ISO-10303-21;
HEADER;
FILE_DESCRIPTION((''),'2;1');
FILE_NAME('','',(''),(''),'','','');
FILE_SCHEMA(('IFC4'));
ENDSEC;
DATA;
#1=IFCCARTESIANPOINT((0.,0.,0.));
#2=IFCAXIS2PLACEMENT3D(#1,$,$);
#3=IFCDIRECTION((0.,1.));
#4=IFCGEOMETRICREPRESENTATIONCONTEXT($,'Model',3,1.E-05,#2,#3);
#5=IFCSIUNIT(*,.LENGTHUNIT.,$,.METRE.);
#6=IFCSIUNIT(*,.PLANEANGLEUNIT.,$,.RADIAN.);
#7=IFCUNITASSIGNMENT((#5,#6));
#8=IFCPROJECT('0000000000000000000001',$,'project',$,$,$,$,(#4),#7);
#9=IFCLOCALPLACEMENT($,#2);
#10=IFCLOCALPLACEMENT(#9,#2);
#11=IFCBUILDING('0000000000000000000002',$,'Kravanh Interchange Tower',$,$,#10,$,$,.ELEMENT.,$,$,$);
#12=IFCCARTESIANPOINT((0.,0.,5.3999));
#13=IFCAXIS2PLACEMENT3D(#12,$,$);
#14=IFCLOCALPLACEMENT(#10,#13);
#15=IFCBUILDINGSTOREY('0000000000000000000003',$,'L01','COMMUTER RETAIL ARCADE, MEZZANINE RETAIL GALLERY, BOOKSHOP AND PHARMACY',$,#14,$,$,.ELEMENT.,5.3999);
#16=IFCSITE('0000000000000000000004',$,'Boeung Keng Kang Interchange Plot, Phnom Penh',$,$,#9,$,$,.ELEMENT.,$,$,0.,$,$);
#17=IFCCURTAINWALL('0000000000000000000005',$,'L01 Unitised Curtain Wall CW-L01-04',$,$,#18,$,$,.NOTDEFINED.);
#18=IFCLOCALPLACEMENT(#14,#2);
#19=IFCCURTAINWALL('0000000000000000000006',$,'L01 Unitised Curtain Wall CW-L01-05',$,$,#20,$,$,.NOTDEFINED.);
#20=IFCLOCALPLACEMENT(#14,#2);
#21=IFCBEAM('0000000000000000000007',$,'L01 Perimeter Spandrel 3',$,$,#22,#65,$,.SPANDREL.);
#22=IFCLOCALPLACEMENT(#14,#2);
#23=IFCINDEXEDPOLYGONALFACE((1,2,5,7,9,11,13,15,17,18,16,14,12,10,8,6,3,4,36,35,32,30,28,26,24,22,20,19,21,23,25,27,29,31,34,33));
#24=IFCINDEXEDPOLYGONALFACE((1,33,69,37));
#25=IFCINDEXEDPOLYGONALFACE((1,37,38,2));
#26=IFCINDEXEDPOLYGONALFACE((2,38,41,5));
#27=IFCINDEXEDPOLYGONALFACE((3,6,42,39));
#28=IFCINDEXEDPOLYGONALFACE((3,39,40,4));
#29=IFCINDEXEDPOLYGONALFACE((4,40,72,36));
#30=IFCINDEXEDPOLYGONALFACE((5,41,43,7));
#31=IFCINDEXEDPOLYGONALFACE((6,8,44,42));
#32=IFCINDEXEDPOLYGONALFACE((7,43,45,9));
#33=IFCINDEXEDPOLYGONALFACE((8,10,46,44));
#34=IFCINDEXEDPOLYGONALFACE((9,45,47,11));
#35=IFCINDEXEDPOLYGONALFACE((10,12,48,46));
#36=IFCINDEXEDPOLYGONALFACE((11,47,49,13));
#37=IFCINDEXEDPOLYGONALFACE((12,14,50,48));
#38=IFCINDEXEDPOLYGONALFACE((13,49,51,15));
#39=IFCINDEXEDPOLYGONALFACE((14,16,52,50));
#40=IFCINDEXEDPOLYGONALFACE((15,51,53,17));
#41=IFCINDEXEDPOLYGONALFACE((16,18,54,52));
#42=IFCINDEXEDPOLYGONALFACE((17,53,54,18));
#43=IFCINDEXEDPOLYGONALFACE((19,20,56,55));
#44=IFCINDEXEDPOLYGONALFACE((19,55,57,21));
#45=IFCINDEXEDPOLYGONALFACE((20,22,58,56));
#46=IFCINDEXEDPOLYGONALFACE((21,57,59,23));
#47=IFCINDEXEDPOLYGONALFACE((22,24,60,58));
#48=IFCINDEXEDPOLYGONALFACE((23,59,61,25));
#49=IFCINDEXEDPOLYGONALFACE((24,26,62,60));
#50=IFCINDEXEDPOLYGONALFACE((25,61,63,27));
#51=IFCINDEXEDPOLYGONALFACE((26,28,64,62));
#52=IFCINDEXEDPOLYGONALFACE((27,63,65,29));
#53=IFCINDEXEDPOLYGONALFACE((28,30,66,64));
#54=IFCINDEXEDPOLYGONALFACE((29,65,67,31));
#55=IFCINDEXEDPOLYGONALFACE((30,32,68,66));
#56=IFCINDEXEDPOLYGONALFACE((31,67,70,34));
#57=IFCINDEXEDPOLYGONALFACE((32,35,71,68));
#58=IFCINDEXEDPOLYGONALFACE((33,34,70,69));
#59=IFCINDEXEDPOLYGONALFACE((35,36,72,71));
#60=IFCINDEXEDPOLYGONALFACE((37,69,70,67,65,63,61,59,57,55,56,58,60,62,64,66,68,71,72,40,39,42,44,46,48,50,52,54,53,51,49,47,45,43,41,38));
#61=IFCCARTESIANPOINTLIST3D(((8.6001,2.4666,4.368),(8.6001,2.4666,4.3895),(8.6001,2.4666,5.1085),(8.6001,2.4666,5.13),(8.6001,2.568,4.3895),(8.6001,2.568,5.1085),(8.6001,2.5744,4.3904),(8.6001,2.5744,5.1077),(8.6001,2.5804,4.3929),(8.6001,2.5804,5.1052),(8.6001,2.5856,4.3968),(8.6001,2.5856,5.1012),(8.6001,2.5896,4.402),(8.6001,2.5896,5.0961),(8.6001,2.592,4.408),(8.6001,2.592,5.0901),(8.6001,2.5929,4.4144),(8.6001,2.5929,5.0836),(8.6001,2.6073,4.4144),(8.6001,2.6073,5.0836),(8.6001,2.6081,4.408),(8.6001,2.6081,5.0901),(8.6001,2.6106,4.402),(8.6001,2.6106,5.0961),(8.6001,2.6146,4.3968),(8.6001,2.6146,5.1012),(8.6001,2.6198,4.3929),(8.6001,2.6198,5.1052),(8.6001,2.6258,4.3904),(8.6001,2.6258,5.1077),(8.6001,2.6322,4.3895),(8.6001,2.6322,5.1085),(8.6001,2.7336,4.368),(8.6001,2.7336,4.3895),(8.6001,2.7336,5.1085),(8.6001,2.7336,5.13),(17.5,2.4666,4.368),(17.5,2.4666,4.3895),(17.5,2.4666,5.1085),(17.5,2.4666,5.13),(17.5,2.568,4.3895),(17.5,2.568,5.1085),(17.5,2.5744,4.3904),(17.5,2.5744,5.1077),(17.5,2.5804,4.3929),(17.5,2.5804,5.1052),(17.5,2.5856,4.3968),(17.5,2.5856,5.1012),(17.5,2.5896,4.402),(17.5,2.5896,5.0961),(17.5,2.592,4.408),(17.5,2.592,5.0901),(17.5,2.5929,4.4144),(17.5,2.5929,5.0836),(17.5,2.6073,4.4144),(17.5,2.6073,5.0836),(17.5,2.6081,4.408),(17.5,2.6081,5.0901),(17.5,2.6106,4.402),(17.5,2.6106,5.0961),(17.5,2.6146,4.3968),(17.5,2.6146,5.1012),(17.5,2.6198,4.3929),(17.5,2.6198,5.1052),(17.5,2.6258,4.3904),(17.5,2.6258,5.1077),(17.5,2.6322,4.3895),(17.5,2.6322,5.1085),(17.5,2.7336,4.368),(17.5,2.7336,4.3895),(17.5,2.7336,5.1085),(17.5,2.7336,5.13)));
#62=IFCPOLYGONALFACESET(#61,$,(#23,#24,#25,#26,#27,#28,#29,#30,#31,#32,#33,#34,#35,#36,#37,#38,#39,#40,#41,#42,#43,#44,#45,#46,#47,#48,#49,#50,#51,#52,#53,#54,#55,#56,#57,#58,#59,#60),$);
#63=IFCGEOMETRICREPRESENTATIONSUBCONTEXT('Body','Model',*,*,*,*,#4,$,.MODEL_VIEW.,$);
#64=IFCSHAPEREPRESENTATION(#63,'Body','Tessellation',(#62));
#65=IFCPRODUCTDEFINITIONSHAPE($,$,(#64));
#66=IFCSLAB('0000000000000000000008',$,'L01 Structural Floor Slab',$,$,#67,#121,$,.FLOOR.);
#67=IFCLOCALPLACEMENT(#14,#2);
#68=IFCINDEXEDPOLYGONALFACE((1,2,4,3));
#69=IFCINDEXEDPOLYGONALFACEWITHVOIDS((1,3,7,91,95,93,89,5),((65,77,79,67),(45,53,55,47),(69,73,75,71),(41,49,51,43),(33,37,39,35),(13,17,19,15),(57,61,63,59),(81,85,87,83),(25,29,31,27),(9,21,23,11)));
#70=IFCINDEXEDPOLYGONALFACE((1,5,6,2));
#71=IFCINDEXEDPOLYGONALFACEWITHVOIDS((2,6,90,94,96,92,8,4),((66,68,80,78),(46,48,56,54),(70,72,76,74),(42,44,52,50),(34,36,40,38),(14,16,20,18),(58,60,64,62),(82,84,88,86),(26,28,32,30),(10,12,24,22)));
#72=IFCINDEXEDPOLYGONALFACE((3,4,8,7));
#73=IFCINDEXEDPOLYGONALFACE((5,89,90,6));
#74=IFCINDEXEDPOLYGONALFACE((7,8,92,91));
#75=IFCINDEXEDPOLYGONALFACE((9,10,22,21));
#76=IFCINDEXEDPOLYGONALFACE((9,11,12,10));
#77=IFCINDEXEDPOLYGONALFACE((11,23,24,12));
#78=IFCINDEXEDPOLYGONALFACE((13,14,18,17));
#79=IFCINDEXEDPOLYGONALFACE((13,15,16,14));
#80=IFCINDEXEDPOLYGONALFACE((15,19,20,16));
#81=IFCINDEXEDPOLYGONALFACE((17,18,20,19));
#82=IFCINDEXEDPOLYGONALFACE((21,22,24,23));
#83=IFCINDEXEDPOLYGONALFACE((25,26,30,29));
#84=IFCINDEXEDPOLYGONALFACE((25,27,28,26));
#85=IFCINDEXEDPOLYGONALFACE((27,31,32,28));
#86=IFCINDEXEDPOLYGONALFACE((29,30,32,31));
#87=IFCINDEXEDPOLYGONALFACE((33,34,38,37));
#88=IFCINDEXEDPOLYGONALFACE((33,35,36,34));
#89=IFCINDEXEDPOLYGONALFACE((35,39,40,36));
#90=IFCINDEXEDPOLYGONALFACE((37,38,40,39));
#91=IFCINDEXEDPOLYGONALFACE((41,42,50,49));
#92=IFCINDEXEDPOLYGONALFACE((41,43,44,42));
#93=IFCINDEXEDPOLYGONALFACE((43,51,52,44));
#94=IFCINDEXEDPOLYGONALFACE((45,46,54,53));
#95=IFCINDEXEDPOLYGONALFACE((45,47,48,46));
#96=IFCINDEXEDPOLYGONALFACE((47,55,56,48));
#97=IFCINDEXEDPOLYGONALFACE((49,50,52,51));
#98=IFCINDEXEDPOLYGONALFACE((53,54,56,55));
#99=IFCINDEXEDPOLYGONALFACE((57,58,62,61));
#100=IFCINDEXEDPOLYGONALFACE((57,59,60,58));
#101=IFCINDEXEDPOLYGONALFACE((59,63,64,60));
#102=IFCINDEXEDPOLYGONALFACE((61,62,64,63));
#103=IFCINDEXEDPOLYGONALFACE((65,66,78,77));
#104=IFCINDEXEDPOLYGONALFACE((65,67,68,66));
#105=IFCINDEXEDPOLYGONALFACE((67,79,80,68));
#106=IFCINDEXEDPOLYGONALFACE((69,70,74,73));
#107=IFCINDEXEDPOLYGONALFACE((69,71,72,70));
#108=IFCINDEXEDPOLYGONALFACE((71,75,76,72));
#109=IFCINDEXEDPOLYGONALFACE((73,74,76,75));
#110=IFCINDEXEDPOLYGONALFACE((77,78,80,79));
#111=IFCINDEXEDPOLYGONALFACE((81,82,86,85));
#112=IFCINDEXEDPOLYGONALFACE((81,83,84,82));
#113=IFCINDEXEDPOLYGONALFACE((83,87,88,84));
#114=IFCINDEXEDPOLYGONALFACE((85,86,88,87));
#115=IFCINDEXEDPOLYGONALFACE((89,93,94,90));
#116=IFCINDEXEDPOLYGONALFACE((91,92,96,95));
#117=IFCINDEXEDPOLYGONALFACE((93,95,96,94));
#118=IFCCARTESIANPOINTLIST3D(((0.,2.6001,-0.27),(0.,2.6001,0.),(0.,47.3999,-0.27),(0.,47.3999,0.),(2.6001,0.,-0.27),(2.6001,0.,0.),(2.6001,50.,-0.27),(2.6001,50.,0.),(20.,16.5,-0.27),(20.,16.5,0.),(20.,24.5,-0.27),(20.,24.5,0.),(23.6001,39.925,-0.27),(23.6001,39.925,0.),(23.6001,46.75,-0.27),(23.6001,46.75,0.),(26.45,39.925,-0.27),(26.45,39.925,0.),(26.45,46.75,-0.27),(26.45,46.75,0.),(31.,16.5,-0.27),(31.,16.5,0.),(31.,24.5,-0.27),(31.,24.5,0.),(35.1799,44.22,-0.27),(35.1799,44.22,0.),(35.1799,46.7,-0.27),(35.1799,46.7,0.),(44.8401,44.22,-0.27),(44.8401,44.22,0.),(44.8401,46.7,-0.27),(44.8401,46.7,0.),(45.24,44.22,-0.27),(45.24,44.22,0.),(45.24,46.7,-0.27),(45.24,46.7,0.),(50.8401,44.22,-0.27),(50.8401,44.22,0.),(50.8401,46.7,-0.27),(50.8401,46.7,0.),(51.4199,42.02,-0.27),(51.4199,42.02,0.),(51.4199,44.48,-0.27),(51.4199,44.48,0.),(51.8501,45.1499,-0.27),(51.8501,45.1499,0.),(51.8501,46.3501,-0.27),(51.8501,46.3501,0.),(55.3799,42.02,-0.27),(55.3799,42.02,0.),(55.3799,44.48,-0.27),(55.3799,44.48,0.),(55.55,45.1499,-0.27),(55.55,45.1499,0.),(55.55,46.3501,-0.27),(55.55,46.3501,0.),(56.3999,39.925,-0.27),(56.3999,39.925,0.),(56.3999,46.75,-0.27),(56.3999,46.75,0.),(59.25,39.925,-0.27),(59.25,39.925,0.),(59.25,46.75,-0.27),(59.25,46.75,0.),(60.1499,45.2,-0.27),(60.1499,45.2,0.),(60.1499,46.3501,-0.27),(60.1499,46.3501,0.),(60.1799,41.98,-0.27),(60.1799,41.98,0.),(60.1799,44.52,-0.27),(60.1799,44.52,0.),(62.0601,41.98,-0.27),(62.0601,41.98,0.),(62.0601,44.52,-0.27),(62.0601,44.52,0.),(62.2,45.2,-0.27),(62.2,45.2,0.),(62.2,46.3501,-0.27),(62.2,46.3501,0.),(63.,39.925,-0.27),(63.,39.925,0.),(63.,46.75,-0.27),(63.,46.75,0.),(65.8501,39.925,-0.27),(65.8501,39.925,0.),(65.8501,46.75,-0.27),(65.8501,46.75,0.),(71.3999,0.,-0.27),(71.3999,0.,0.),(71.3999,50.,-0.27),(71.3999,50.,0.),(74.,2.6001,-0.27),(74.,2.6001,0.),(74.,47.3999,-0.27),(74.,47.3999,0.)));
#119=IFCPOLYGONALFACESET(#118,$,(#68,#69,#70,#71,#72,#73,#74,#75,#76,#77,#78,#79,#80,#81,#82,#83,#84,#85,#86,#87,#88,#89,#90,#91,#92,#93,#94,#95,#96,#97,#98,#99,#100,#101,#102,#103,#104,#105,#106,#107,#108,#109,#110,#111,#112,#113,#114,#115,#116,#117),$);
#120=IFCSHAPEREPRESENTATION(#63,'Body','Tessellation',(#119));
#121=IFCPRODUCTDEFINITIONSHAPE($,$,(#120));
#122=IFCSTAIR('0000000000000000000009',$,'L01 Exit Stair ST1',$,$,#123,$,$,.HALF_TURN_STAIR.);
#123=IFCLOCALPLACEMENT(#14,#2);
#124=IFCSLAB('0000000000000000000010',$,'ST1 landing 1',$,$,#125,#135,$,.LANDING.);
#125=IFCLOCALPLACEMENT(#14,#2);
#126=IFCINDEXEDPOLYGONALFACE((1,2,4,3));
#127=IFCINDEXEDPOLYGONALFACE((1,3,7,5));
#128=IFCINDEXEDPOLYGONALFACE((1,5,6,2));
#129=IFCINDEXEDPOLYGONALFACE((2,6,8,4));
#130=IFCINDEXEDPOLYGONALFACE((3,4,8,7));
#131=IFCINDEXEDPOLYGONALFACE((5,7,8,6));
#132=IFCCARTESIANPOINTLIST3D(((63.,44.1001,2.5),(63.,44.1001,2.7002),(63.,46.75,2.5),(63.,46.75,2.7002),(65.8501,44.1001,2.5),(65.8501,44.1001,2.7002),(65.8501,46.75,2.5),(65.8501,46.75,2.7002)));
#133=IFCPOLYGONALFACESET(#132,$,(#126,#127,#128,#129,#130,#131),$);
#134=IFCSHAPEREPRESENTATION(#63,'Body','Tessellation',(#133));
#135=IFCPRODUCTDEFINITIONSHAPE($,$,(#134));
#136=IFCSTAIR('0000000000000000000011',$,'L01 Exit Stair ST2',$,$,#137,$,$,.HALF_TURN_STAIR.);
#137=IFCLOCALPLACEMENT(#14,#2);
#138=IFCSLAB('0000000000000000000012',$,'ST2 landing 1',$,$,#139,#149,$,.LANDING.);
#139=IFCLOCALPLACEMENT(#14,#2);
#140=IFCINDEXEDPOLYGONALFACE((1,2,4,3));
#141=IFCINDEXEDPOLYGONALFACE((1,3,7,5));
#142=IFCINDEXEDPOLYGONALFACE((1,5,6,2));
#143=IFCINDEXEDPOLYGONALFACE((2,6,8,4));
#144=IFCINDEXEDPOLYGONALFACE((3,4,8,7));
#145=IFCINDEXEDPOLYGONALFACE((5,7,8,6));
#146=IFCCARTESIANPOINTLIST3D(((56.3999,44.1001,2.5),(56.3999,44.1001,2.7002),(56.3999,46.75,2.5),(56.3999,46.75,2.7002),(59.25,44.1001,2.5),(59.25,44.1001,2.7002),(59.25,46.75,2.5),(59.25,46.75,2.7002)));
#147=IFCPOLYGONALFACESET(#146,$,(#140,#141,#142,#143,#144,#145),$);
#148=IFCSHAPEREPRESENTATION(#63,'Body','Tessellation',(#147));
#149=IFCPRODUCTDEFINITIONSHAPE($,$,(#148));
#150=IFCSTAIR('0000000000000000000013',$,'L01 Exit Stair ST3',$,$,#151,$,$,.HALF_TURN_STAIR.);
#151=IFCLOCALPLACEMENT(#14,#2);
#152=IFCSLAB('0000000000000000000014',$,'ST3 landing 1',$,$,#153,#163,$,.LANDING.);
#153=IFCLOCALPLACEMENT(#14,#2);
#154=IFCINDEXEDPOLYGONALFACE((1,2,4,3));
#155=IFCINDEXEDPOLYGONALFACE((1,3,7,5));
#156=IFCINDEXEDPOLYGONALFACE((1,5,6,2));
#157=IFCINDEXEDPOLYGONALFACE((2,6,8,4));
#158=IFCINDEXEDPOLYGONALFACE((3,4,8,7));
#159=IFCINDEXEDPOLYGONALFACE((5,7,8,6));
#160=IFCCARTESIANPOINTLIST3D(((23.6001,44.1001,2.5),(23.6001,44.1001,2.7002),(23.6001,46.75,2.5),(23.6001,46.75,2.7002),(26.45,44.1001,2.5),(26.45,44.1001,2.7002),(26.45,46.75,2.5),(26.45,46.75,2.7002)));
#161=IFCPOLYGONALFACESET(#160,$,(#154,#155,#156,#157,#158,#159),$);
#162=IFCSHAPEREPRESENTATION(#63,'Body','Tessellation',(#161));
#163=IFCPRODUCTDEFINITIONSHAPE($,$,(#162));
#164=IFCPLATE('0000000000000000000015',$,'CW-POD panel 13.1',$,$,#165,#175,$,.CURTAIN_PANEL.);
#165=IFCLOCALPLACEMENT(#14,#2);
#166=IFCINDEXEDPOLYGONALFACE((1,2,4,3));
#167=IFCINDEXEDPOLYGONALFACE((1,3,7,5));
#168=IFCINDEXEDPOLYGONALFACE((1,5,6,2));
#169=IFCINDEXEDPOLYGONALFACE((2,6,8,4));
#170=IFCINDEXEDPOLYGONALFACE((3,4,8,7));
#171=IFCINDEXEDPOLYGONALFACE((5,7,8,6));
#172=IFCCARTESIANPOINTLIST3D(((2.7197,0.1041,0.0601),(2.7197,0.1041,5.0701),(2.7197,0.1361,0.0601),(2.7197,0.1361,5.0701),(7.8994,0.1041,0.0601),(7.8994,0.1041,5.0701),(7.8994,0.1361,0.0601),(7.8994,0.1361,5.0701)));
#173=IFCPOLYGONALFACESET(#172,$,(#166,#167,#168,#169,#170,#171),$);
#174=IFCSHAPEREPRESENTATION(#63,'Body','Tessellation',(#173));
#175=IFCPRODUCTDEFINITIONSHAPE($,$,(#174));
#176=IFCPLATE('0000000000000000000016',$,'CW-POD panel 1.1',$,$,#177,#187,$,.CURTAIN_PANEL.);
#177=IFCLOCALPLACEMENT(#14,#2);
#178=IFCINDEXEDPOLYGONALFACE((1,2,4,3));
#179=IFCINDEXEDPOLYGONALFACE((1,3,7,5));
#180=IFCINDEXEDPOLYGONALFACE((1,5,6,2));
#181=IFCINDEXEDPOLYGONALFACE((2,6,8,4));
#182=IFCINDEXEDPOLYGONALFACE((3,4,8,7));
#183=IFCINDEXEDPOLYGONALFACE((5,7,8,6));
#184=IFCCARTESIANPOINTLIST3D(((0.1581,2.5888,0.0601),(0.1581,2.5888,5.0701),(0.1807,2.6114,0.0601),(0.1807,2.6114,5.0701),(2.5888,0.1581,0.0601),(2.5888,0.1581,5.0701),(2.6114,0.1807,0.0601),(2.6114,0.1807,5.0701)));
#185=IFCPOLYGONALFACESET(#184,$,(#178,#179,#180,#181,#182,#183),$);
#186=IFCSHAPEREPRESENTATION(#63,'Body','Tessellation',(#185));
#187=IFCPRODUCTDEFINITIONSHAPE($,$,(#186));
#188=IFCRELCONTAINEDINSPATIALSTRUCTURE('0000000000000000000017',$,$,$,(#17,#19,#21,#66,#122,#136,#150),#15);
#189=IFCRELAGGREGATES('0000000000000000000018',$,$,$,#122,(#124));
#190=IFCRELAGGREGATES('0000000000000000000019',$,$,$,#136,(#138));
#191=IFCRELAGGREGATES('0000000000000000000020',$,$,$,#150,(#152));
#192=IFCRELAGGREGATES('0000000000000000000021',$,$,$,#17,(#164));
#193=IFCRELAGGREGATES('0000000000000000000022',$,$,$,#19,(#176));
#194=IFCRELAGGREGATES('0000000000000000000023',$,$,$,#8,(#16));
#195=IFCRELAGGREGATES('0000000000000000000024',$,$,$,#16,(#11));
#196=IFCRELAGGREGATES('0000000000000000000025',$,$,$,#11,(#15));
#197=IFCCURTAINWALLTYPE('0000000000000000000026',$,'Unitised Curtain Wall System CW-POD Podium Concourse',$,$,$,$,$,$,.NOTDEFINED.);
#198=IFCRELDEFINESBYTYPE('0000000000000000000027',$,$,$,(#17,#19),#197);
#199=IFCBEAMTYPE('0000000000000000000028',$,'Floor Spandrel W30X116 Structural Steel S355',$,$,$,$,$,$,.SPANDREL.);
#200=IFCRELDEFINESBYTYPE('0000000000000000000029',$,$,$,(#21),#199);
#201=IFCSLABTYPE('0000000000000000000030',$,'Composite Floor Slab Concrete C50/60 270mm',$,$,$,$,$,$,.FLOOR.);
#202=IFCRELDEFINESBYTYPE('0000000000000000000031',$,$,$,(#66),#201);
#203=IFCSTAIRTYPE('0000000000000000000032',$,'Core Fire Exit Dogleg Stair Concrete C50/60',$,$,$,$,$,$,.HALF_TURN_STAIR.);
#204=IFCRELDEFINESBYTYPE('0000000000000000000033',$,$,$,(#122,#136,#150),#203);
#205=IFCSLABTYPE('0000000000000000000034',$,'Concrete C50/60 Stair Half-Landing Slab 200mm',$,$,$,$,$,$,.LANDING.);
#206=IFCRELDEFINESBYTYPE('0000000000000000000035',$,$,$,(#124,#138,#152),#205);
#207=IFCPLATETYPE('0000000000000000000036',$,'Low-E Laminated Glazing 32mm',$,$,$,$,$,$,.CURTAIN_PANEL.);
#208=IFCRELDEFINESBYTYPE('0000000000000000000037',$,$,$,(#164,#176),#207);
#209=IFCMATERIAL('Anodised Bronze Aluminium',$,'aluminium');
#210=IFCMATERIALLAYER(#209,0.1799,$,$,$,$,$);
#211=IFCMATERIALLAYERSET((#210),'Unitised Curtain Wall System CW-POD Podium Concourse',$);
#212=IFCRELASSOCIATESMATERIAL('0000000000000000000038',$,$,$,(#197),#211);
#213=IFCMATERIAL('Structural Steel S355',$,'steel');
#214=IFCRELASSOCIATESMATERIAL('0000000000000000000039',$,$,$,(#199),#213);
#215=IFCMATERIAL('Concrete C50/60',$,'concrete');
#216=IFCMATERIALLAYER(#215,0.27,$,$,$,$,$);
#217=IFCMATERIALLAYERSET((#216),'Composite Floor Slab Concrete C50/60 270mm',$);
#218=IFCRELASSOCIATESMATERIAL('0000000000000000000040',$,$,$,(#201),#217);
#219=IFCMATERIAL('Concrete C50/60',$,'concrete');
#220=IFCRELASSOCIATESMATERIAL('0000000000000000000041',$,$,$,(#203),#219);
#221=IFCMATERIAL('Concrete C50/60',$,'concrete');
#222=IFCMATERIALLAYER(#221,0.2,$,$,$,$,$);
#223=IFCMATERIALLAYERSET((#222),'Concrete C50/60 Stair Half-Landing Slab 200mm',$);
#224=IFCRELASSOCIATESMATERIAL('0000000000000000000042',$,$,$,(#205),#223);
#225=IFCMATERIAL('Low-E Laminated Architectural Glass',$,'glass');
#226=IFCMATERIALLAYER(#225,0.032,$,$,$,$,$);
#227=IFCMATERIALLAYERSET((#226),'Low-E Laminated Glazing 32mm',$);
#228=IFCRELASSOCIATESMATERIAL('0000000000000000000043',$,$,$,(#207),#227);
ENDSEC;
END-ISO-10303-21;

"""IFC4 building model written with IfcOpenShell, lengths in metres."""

from ifc_helpers import new_model, si_unit, direction, frame, origin, origin_2d, place, context, subcontext, project, spatial, polyline, rectangle, i_section, outline, extrude, material, layer, layer_set, material_profile, profile_set, type_object, element, aggregate, save


model = new_model("IFC4")

# Units and contexts
model_context = context("Model", 3, precision=1e-05, world=origin(), true_north=direction((0.0, 1.0)))
body_context = subcontext(model_context, "Body", "Model", "MODEL_VIEW")
ifc_project = project(units=[si_unit("LENGTHUNIT", "METRE"), si_unit("PLANEANGLEUNIT", "RADIAN")], contexts=[model_context])

# Site, building, storey
site_placement = place(None, origin())
site = spatial("IfcSite", under=ifc_project, at=site_placement, Name="Boeung Keng Kang Interchange Plot, Phnom Penh", CompositionType="ELEMENT", RefElevation=0.0)
building_placement = place(site_placement, origin())
building = spatial("IfcBuilding", under=site, at=building_placement, Name="Kravanh Interchange Tower", CompositionType="ELEMENT")
storey_placement = place(building_placement, frame((0.0, 0.0, 5.3999)))
storey = spatial("IfcBuildingStorey", under=building, at=storey_placement, Name="L01", Description="COMMUTER RETAIL ARCADE, MEZZANINE RETAIL GALLERY, BOOKSHOP AND PHARMACY", CompositionType="ELEMENT", Elevation=5.3999)

# Shared definitions
ifc_material_1 = material(Name="Anodised Bronze Aluminium", Category="aluminium")
ifc_layer_1 = layer(ifc_material_1, 0.1799)
ifc_layer_set_1 = layer_set([ifc_layer_1], Name="Unitised Curtain Wall System CW-POD Podium Concourse")
curtain_wall_type = type_object("IfcCurtainWallType", Name="Unitised Curtain Wall System CW-POD Podium Concourse", PredefinedType="NOTDEFINED", material=ifc_layer_set_1)

# Curtain walls
curtain_wall_1_placement = place(storey_placement, origin())
curtain_wall_1 = element("IfcCurtainWall", 1, at=curtain_wall_1_placement, inside=storey, type_object=curtain_wall_type, Name="L01 Unitised Curtain Wall CW-L01-04", PredefinedType="NOTDEFINED")
curtain_wall_2_placement = place(storey_placement, origin())
curtain_wall_2 = element("IfcCurtainWall", 2, at=curtain_wall_2_placement, inside=storey, type_object=curtain_wall_type, Name="L01 Unitised Curtain Wall CW-L01-05", PredefinedType="NOTDEFINED")

# Beam
ifc_material_2 = material(Name="Structural Steel S355", Category="steel")
ifc_material_profile_1 = material_profile(ifc_material_2, i_section(OverallWidth=0.2671, OverallDepth=0.762, WebThickness=0.0144, FlangeThickness=0.0215, FilletRadius=0.0249, at=origin_2d()), Name="W30X116")
ifc_profile_set_1 = profile_set([ifc_material_profile_1], Name="Structural Steel S355")
beam_type_1 = type_object("IfcBeamType", Name="Floor Spandrel W30X116 Structural Steel S355", PredefinedType="SPANDREL", material=ifc_profile_set_1)
beam_1_placement = place(storey_placement, frame((8.6001, 2.6001, 4.749), z_axis=(1.0, 0.0, 0.0), x_axis=(0.0, 1.0, 0.0)))
element("IfcBeam", 3, at=beam_1_placement, inside=storey, type_object=beam_type_1, Name="L01 Perimeter Spandrel 3", PredefinedType="SPANDREL", context=body_context, shape_type="SweptSolid", body=[
    extrude(i_section(OverallWidth=0.2671, OverallDepth=0.762, WebThickness=0.0144, FlangeThickness=0.0215, FilletRadius=0.0249, at=origin_2d()), origin(), (0.0, 0.0, 1.0), 8.8999),
])

# Slab
ifc_material_3 = material(Name="Concrete C50/60", Category="concrete")
ifc_layer_2 = layer(ifc_material_3, 0.27)
ifc_layer_set_2 = layer_set([ifc_layer_2], Name="Composite Floor Slab Concrete C50/60 270mm")
slab_type_1 = type_object("IfcSlabType", Name="Composite Floor Slab Concrete C50/60 270mm", PredefinedType="FLOOR", material=ifc_layer_set_2)
slab_1_placement = place(storey_placement, frame((0.0, 0.0, -0.27)))
element("IfcSlab", 4, at=slab_1_placement, inside=storey, type_object=slab_type_1, Name="L01 Structural Floor Slab", PredefinedType="FLOOR", context=body_context, shape_type="SweptSolid", body=[
    extrude(outline(polyline([(0.0, 2.6001), (2.6001, 0.0), (71.3999, 0.0), (74.0, 2.6001), (74.0, 47.3999), (71.3999, 50.0), (2.6001, 50.0), (0.0, 47.3999), (0.0, 2.6001)]), holes=[polyline([(65.8501, 39.925), (65.8501, 46.75), (63.0, 46.75), (63.0, 39.925), (65.8501, 39.925)]), polyline([(59.25, 39.925), (59.25, 46.75), (56.3999, 46.75), (56.3999, 39.925), (59.25, 39.925)]), polyline([(26.45, 39.925), (26.45, 46.75), (23.6001, 46.75), (23.6001, 39.925), (26.45, 39.925)]), polyline([(35.1799, 44.22), (44.8401, 44.22), (44.8401, 46.7), (35.1799, 46.7), (35.1799, 44.22)]), polyline([(45.24, 44.22), (50.8401, 44.22), (50.8401, 46.7), (45.24, 46.7), (45.24, 44.22)]), polyline([(51.4199, 42.02), (55.3799, 42.02), (55.3799, 44.48), (51.4199, 44.48), (51.4199, 42.02)]), polyline([(60.1799, 41.98), (62.0601, 41.98), (62.0601, 44.52), (60.1799, 44.52), (60.1799, 41.98)]), polyline([(20.0, 16.5), (31.0, 16.5), (31.0, 24.5), (20.0, 24.5), (20.0, 16.5)]), polyline([(60.1499, 45.2), (62.2, 45.2), (62.2, 46.3501), (60.1499, 46.3501), (60.1499, 45.2)]), polyline([(51.8501, 45.1499), (55.55, 45.1499), (55.55, 46.3501), (51.8501, 46.3501), (51.8501, 45.1499)])]), origin(), (0.0, 0.0, 1.0), 0.27),
])

# Stairs, slabs
ifc_material_4 = material(Name="Concrete C50/60", Category="concrete")
stair_type = type_object("IfcStairType", Name="Core Fire Exit Dogleg Stair Concrete C50/60", PredefinedType="HALF_TURN_STAIR", material=ifc_material_4)
stair_1_placement = place(storey_placement, origin())
stair_1 = element("IfcStair", 5, at=stair_1_placement, inside=storey, type_object=stair_type, Name="L01 Exit Stair ST1", PredefinedType="HALF_TURN_STAIR")
ifc_material_5 = material(Name="Concrete C50/60", Category="concrete")
ifc_layer_3 = layer(ifc_material_5, 0.2)
ifc_layer_set_3 = layer_set([ifc_layer_3], Name="Concrete C50/60 Stair Half-Landing Slab 200mm")
slab_type_2 = type_object("IfcSlabType", Name="Concrete C50/60 Stair Half-Landing Slab 200mm", PredefinedType="LANDING", material=ifc_layer_set_3)
slab_2_placement = place(storey_placement, frame((0.0, 0.0, 2.5)))
slab_2 = element("IfcSlab", 6, at=slab_2_placement, type_object=slab_type_2, Name="ST1 landing 1", PredefinedType="LANDING", context=body_context, shape_type="SweptSolid", body=[
    extrude(outline(polyline([(65.8501, 44.1001), (65.8501, 46.75), (63.0, 46.75), (63.0, 44.1001), (65.8501, 44.1001)])), origin(), (0.0, 0.0, 1.0), 0.2002),
])
aggregate(stair_1, [slab_2])
stair_2_placement = place(storey_placement, origin())
stair_2 = element("IfcStair", 7, at=stair_2_placement, inside=storey, type_object=stair_type, Name="L01 Exit Stair ST2", PredefinedType="HALF_TURN_STAIR")
slab_3_placement = place(storey_placement, frame((0.0, 0.0, 2.5)))
slab_3 = element("IfcSlab", 8, at=slab_3_placement, type_object=slab_type_2, Name="ST2 landing 1", PredefinedType="LANDING", context=body_context, shape_type="SweptSolid", body=[
    extrude(outline(polyline([(59.25, 44.1001), (59.25, 46.75), (56.3999, 46.75), (56.3999, 44.1001), (59.25, 44.1001)])), origin(), (0.0, 0.0, 1.0), 0.2002),
])
aggregate(stair_2, [slab_3])
stair_3_placement = place(storey_placement, origin())
stair_3 = element("IfcStair", 9, at=stair_3_placement, inside=storey, type_object=stair_type, Name="L01 Exit Stair ST3", PredefinedType="HALF_TURN_STAIR")
slab_4_placement = place(storey_placement, frame((0.0, 0.0, 2.5)))
slab_4 = element("IfcSlab", 10, at=slab_4_placement, type_object=slab_type_2, Name="ST3 landing 1", PredefinedType="LANDING", context=body_context, shape_type="SweptSolid", body=[
    extrude(outline(polyline([(26.45, 44.1001), (26.45, 46.75), (23.6001, 46.75), (23.6001, 44.1001), (26.45, 44.1001)])), origin(), (0.0, 0.0, 1.0), 0.2002),
])
aggregate(stair_3, [slab_4])

# Plates
ifc_material_6 = material(Name="Low-E Laminated Architectural Glass", Category="glass")
ifc_layer_4 = layer(ifc_material_6, 0.032)
ifc_layer_set_4 = layer_set([ifc_layer_4], Name="Low-E Laminated Glazing 32mm")
plate_type = type_object("IfcPlateType", Name="Low-E Laminated Glazing 32mm", PredefinedType="CURTAIN_PANEL", material=ifc_layer_set_4)
plate_1_placement = place(storey_placement, frame((5.3096, 0.1201, 0.0601), z_axis=(0.0, 0.0, 1.0), x_axis=(-1.0, 0.0, 0.0)))
plate_1 = element("IfcPlate", 11, at=plate_1_placement, type_object=plate_type, Name="CW-POD panel 13.1", PredefinedType="CURTAIN_PANEL", context=body_context, shape_type="SweptSolid", body=[
    extrude(rectangle(XDim=5.1797, YDim=0.032, at=origin_2d()), origin(), (0.0, 0.0, 1.0), 5.01),
])
aggregate(curtain_wall_1, [plate_1])
plate_2_placement = place(storey_placement, frame((1.3848, 1.3848, 0.0601), z_axis=(0.0, 0.0, 1.0), x_axis=(-0.707107, 0.707107, 0.0)))
plate_2 = element("IfcPlate", 12, at=plate_2_placement, type_object=plate_type, Name="CW-POD panel 1.1", PredefinedType="CURTAIN_PANEL", context=body_context, shape_type="SweptSolid", body=[
    extrude(rectangle(XDim=3.4375, YDim=0.032, at=origin_2d()), origin(), (0.0, 0.0, 1.0), 5.01),
])
aggregate(curtain_wall_2, [plate_2])

save(model, "model.ifc")
